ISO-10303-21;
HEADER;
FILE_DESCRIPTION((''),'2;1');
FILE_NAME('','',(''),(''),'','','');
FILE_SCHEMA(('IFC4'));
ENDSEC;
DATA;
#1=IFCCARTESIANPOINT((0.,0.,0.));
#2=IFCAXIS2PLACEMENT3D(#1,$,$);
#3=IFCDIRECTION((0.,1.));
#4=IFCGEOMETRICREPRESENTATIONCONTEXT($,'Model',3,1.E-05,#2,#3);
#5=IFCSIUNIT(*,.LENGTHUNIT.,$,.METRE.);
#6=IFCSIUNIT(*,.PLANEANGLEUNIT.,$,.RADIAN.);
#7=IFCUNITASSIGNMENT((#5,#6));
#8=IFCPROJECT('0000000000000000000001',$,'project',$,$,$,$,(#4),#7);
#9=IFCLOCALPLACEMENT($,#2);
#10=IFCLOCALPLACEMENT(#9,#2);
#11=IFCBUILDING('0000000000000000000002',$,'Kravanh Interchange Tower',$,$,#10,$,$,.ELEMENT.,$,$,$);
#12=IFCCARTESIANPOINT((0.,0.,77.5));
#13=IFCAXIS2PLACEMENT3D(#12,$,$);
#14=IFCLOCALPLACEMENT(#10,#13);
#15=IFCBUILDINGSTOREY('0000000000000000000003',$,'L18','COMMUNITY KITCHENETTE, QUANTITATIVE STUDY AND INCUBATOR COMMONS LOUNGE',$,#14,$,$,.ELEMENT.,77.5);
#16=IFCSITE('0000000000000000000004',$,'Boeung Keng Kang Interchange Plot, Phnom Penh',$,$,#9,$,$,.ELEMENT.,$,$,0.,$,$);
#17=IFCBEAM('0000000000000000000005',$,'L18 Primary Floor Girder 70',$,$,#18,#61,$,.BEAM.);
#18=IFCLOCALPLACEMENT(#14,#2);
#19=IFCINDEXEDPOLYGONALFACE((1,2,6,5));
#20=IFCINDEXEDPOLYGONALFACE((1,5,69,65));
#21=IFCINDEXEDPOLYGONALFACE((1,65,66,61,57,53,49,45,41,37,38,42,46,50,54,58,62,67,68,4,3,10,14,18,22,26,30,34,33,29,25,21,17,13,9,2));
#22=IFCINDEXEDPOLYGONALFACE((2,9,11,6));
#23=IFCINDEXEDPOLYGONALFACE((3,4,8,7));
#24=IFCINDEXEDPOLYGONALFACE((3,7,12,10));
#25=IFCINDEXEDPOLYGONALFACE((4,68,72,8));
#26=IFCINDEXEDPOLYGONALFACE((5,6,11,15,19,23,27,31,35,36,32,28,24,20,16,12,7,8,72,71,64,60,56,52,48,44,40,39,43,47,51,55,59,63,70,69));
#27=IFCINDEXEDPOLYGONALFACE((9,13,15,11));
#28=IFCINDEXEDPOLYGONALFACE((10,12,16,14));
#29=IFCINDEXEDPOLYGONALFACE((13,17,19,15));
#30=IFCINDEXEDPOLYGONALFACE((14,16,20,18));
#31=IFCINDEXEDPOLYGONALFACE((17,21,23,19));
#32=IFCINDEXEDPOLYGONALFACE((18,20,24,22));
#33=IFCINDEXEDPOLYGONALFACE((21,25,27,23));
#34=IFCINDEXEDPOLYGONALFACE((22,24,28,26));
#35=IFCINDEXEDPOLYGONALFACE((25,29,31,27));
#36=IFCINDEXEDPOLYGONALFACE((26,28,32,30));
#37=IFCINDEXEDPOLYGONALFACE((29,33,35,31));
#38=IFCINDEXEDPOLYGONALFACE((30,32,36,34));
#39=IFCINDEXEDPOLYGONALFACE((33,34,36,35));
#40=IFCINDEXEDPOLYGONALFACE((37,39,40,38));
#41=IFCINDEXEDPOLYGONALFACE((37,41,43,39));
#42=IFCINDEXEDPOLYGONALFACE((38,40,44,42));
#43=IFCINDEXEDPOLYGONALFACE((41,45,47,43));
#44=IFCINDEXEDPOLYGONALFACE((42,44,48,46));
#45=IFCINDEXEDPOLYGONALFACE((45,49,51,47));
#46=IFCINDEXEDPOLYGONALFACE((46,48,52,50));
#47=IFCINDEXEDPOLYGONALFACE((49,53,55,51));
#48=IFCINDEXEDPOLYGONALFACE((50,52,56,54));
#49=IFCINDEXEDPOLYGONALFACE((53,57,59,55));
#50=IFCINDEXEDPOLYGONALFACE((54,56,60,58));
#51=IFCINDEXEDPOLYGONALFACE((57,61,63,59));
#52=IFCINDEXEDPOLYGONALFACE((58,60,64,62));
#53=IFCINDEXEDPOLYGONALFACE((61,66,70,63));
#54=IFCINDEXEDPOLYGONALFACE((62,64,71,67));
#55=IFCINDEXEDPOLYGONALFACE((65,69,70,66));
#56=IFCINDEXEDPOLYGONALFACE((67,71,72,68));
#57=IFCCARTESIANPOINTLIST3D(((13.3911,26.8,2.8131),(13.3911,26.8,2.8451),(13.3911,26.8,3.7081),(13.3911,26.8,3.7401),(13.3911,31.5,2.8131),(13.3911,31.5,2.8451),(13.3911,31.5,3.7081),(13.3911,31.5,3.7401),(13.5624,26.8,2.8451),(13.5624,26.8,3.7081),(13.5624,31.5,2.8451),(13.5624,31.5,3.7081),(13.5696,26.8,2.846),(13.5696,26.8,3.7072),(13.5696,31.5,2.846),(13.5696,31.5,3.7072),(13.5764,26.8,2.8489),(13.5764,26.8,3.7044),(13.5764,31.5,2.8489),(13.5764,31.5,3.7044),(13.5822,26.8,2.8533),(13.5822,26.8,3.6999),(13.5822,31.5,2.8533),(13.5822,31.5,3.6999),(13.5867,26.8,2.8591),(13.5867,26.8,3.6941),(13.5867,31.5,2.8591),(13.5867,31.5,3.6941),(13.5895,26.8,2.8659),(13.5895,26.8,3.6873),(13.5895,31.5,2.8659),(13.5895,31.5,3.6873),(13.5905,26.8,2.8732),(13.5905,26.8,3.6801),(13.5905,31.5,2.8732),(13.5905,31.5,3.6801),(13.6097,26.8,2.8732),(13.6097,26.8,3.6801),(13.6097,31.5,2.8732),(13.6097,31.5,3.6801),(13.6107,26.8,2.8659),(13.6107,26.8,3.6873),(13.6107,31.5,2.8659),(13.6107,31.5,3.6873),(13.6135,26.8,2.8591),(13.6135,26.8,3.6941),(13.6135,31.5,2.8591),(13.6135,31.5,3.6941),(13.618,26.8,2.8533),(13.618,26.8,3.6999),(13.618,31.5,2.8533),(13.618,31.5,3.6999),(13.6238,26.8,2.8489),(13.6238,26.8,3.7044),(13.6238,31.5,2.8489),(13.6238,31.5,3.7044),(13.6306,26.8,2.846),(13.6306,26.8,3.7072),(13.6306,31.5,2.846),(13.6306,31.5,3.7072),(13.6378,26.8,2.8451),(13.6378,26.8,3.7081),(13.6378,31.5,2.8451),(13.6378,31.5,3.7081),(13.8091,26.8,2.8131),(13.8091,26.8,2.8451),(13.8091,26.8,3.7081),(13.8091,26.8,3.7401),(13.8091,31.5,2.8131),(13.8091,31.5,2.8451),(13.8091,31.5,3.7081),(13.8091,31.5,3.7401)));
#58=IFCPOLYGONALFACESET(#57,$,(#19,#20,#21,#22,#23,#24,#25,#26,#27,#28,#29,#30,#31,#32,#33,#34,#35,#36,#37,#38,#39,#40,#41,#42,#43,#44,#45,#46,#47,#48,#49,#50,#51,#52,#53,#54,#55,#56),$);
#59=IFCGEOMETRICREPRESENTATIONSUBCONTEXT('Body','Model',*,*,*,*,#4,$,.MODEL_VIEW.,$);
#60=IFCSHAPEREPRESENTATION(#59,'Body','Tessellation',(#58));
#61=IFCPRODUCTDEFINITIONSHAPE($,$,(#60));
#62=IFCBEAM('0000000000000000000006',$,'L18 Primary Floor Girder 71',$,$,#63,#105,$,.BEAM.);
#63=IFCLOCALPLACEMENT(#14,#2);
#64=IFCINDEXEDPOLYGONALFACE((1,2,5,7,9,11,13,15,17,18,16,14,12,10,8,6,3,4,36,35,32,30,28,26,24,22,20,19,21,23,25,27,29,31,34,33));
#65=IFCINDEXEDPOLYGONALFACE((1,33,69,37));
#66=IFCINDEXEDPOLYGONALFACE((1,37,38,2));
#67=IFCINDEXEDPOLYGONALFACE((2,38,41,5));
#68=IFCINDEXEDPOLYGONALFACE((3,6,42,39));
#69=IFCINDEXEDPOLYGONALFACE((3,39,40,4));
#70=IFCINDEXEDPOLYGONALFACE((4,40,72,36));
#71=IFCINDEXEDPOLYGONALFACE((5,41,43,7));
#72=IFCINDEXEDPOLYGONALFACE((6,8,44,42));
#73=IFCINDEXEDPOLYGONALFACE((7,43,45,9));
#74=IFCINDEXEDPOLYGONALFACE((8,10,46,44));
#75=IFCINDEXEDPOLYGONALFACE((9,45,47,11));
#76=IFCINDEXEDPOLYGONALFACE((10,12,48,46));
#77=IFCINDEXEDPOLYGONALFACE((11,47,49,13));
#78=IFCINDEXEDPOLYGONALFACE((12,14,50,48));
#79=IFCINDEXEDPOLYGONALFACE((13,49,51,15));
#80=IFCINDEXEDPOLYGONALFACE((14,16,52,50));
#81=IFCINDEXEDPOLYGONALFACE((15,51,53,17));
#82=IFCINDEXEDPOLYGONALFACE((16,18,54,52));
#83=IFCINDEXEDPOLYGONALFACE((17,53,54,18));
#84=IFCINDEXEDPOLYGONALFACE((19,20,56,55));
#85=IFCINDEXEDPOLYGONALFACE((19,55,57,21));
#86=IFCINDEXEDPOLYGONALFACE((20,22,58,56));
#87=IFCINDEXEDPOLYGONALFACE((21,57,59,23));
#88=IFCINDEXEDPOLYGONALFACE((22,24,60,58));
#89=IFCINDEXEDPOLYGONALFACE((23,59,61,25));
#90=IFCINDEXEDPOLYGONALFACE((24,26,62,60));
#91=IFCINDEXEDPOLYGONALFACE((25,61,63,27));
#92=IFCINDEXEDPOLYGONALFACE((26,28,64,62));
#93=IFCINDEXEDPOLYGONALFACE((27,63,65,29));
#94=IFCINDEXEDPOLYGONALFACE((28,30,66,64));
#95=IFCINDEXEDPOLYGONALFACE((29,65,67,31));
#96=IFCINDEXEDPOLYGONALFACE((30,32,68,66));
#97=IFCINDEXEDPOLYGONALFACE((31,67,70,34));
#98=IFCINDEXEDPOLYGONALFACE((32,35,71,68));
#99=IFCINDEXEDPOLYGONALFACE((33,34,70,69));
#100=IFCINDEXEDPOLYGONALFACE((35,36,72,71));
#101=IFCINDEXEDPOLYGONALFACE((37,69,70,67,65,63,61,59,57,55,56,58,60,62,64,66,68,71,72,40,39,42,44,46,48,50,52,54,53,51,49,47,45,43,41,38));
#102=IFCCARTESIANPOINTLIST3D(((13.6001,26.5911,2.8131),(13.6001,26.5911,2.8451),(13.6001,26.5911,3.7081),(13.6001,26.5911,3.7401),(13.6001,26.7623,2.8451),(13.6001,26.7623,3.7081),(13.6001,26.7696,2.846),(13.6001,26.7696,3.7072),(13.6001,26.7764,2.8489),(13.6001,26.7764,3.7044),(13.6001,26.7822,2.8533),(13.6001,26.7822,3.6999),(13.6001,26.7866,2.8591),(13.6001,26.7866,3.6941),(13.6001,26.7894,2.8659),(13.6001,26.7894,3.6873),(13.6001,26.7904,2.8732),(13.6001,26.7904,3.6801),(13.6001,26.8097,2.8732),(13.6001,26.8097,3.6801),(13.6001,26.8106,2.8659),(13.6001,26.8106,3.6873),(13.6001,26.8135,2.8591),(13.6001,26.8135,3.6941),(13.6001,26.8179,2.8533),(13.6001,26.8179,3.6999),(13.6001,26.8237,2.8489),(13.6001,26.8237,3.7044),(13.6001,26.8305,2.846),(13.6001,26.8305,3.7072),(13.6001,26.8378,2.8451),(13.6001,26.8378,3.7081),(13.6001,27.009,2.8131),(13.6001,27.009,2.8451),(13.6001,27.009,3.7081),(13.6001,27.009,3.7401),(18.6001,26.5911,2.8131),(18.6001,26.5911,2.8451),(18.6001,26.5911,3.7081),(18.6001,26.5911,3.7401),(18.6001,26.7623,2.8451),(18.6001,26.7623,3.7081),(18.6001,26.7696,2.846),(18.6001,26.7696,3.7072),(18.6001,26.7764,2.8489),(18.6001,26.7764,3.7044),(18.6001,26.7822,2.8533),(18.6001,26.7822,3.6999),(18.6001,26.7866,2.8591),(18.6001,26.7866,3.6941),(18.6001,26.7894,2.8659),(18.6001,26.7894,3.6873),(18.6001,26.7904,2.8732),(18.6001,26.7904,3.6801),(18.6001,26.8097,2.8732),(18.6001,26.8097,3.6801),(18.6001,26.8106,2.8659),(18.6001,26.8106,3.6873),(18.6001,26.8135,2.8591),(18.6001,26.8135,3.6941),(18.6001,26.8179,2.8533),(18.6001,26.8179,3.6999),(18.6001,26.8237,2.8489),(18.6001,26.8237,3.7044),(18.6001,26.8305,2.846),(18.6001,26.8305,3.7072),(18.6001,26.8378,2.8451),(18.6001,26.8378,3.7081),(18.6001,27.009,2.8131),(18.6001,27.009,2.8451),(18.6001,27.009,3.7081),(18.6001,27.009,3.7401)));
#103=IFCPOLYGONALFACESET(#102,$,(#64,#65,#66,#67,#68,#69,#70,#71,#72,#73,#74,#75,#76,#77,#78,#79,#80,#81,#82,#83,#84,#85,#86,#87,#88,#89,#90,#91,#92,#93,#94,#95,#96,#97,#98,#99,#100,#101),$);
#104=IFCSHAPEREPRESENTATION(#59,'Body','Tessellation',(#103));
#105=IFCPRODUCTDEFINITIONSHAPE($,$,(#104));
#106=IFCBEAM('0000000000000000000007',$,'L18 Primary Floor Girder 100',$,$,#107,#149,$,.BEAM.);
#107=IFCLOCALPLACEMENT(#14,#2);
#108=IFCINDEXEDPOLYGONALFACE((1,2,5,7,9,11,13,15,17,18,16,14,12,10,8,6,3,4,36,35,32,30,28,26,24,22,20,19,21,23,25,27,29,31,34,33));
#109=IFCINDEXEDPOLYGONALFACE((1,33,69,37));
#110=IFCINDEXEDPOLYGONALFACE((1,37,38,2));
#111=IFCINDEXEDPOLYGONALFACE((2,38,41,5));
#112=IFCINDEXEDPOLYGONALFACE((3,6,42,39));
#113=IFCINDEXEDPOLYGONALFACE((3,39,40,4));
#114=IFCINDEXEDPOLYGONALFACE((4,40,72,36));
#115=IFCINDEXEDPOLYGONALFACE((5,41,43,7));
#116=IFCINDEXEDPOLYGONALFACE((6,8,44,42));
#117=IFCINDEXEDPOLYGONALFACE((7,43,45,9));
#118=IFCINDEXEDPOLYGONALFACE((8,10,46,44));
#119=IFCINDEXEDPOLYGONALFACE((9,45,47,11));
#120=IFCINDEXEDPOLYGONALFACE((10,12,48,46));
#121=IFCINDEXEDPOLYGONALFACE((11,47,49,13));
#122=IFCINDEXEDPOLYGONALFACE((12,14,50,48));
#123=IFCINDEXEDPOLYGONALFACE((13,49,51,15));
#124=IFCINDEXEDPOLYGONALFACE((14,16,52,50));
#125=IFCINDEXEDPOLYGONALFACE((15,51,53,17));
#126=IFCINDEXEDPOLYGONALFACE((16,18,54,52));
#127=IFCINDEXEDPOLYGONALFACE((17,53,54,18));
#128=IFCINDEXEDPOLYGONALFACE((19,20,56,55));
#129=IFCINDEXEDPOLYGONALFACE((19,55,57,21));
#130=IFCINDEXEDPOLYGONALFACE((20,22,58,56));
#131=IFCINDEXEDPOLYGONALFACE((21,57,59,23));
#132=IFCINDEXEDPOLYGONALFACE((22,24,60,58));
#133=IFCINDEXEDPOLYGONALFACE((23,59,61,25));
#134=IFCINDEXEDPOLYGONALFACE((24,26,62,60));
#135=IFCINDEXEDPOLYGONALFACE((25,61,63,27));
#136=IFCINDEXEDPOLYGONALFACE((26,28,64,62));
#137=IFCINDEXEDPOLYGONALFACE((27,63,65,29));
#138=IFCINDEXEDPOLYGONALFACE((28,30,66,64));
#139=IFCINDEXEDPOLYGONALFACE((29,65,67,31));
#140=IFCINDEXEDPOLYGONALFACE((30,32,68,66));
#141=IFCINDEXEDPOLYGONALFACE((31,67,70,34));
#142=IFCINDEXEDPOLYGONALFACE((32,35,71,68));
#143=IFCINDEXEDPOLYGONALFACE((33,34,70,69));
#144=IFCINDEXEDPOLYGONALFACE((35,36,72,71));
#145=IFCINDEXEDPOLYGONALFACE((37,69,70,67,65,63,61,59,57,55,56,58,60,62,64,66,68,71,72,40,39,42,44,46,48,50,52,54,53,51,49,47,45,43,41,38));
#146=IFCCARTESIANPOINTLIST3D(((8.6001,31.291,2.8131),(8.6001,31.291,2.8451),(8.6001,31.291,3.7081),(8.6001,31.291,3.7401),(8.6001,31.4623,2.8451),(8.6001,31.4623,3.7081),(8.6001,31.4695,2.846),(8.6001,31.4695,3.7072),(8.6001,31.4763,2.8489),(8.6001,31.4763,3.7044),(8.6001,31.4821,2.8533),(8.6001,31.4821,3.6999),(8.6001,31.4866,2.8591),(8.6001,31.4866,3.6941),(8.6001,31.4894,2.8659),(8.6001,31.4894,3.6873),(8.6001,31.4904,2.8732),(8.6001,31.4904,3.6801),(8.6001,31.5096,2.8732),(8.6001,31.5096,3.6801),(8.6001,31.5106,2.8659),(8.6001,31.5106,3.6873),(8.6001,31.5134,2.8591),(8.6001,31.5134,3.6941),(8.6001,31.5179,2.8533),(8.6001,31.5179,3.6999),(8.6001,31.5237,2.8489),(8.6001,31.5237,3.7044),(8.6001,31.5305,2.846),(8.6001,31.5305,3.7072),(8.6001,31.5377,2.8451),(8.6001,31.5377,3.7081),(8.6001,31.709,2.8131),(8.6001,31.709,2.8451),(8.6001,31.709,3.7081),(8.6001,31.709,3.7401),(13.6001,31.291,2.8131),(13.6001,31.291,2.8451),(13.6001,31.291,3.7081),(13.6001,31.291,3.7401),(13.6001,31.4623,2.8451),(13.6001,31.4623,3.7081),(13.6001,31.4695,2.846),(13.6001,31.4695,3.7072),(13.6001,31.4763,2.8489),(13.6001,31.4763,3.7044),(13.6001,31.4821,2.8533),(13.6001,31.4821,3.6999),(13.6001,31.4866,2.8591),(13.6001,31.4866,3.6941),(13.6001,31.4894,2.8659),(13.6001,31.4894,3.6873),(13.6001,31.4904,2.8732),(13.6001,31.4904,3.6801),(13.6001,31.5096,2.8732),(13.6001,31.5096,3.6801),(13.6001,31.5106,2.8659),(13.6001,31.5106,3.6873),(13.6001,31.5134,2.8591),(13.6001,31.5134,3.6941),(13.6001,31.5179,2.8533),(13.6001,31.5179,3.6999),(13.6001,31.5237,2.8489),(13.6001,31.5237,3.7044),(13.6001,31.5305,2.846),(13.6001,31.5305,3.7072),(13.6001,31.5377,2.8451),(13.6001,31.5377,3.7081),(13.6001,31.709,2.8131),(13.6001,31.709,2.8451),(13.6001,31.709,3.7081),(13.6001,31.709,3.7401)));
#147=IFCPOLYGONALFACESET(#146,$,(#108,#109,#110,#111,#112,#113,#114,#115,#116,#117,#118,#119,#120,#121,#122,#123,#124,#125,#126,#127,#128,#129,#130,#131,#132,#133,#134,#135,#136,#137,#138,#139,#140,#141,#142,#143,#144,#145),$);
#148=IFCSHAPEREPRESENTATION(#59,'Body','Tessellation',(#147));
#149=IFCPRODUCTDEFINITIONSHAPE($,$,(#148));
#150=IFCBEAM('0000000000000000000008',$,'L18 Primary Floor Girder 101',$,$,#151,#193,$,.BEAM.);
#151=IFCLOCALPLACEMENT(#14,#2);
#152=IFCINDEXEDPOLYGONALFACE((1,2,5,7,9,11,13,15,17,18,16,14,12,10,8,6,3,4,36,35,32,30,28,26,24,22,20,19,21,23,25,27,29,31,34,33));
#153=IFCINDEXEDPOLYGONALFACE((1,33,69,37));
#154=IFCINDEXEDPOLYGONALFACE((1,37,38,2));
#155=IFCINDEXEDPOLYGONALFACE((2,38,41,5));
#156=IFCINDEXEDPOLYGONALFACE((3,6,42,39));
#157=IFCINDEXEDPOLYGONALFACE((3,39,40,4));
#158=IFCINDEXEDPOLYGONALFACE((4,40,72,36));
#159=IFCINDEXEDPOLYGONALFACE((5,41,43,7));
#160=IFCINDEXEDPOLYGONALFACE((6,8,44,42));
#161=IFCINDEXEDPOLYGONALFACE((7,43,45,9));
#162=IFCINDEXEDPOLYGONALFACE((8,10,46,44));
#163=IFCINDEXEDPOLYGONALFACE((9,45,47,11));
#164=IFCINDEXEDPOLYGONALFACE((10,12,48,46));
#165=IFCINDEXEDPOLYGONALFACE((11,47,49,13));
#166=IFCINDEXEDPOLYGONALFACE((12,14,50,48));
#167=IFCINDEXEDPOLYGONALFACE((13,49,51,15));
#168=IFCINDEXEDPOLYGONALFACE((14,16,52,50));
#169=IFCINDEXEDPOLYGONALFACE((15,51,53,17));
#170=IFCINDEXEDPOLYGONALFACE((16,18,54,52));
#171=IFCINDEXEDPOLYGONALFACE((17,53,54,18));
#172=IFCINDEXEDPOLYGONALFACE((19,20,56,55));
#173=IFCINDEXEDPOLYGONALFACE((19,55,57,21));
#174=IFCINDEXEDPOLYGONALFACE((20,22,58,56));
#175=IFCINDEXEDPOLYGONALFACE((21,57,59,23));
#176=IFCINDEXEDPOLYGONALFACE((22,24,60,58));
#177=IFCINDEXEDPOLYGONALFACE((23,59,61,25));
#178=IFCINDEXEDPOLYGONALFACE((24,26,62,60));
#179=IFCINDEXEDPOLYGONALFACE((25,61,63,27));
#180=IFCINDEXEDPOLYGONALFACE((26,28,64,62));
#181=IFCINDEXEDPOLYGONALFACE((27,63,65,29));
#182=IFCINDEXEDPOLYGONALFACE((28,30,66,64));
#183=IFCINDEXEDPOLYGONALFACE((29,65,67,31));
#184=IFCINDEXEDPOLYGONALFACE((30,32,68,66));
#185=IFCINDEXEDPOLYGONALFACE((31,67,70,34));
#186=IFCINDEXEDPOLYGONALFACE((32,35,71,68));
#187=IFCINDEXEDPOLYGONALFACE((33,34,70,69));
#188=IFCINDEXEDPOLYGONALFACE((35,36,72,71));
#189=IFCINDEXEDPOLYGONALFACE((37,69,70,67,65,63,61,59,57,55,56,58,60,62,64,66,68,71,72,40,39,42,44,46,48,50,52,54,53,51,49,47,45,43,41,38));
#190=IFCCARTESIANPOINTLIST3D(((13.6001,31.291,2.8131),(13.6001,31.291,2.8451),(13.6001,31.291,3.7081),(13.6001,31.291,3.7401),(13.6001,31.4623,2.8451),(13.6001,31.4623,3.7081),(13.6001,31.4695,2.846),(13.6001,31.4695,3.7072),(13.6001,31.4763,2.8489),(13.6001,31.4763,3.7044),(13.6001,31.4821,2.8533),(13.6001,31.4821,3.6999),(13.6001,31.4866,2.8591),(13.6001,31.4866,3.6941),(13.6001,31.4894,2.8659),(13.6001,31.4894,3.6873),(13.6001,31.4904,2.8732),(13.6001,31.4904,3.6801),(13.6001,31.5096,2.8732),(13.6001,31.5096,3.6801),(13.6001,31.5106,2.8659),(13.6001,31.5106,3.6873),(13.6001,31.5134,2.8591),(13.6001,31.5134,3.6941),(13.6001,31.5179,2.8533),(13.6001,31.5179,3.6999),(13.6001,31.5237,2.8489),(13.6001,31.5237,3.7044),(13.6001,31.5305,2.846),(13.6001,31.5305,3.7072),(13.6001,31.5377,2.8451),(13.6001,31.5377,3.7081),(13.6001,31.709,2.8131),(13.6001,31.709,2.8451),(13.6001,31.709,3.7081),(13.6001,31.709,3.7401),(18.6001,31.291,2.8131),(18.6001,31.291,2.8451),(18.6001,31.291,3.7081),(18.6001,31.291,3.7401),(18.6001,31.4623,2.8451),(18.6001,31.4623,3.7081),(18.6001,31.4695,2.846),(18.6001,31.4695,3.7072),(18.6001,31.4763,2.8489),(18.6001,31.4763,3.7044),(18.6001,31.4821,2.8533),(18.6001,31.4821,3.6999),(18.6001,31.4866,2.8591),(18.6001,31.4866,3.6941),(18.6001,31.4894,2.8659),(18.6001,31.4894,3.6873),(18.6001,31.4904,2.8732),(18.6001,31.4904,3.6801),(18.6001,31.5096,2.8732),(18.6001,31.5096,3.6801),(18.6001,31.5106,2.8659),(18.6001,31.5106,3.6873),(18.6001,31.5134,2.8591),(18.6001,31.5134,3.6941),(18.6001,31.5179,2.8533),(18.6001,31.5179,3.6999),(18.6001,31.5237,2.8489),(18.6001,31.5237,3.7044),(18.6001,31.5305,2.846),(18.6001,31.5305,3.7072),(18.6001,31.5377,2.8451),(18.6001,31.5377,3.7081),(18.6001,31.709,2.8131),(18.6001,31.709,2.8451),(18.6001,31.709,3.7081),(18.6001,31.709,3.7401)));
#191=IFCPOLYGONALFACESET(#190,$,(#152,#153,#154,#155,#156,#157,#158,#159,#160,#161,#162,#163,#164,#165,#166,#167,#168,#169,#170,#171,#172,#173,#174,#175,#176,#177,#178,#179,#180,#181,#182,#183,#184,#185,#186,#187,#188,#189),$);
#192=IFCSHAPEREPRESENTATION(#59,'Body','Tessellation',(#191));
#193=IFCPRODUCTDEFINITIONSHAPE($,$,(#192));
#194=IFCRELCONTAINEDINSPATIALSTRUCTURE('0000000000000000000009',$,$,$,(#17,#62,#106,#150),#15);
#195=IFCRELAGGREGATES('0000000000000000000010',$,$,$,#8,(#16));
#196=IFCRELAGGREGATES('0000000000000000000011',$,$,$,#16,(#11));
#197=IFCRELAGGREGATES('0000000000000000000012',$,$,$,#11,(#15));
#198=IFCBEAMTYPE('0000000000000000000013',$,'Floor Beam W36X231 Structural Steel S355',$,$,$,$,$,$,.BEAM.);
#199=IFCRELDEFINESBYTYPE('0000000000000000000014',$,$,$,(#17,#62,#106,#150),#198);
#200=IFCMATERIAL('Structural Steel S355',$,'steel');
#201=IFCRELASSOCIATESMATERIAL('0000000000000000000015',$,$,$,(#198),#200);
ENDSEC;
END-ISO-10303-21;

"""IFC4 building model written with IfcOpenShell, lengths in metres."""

from ifc_helpers import new_model, si_unit, direction, frame, origin, origin_2d, place, context, subcontext, project, spatial, i_section, extrude, material, material_profile, profile_set, type_object, element, save


model = new_model("IFC4")

# Units and contexts
model_context = context("Model", 3, precision=1e-05, world=origin(), true_north=direction((0.0, 1.0)))
body_context = subcontext(model_context, "Body", "Model", "MODEL_VIEW")
ifc_project = project(units=[si_unit("LENGTHUNIT", "METRE"), si_unit("PLANEANGLEUNIT", "RADIAN")], contexts=[model_context])

# Site, building, storey
site_placement = place(None, origin())
site = spatial("IfcSite", under=ifc_project, at=site_placement, Name="Boeung Keng Kang Interchange Plot, Phnom Penh", CompositionType="ELEMENT", RefElevation=0.0)
building_placement = place(site_placement, origin())
building = spatial("IfcBuilding", under=site, at=building_placement, Name="Kravanh Interchange Tower", CompositionType="ELEMENT")
storey_placement = place(building_placement, frame((0.0, 0.0, 77.5)))
storey = spatial("IfcBuildingStorey", under=building, at=storey_placement, Name="L18", Description="COMMUNITY KITCHENETTE, QUANTITATIVE STUDY AND INCUBATOR COMMONS LOUNGE", CompositionType="ELEMENT", Elevation=77.5)

# Beams
ifc_material_1 = material(Name="Structural Steel S355", Category="steel")
ifc_material_profile_1 = material_profile(ifc_material_1, i_section(OverallWidth=0.418, OverallDepth=0.927, WebThickness=0.0193, FlangeThickness=0.032, FilletRadius=0.0281, at=origin_2d()), Name="W36X231")
ifc_profile_set_1 = profile_set([ifc_material_profile_1], Name="Structural Steel S355")
beam_type_1 = type_object("IfcBeamType", Name="Floor Beam W36X231 Structural Steel S355", PredefinedType="BEAM", material=ifc_profile_set_1)
beam_1_placement = place(storey_placement, frame((13.6001, 26.8, 3.2766), z_axis=(0.0, 1.0, 0.0), x_axis=(-1.0, 0.0, 0.0)))
element("IfcBeam", 1, at=beam_1_placement, inside=storey, type_object=beam_type_1, Name="L18 Primary Floor Girder 70", PredefinedType="BEAM", context=body_context, shape_type="SweptSolid", body=[
    extrude(i_section(OverallWidth=0.418, OverallDepth=0.927, WebThickness=0.0193, FlangeThickness=0.032, FilletRadius=0.0281, at=origin_2d()), origin(), (0.0, 0.0, 1.0), 4.7),
])
for number, where, z_axis, x_axis, name in (
    (2, (13.6001, 26.8, 3.2766), (1.0, 0.0, 0.0), (0.0, 1.0, 0.0), "L18 Primary Floor Girder 71"),
    (3, (8.6001, 31.5, 3.2766), (1.0, 0.0, 0.0), (0.0, 1.0, 0.0), "L18 Primary Floor Girder 100"),
    (4, (13.6001, 31.5, 3.2766), (1.0, 0.0, 0.0), (0.0, 1.0, 0.0), "L18 Primary Floor Girder 101"),
):
    element("IfcBeam", number, at=place(storey_placement, frame(where, z_axis=z_axis, x_axis=x_axis)), inside=storey, type_object=beam_type_1, Name=name, PredefinedType="BEAM", context=body_context, shape_type="SweptSolid", body=[
        extrude(i_section(OverallWidth=0.418, OverallDepth=0.927, WebThickness=0.0193, FlangeThickness=0.032, FilletRadius=0.0281, at=origin_2d()), origin(), (0.0, 0.0, 1.0), 5.0),
    ])

save(model, "model.ifc")
